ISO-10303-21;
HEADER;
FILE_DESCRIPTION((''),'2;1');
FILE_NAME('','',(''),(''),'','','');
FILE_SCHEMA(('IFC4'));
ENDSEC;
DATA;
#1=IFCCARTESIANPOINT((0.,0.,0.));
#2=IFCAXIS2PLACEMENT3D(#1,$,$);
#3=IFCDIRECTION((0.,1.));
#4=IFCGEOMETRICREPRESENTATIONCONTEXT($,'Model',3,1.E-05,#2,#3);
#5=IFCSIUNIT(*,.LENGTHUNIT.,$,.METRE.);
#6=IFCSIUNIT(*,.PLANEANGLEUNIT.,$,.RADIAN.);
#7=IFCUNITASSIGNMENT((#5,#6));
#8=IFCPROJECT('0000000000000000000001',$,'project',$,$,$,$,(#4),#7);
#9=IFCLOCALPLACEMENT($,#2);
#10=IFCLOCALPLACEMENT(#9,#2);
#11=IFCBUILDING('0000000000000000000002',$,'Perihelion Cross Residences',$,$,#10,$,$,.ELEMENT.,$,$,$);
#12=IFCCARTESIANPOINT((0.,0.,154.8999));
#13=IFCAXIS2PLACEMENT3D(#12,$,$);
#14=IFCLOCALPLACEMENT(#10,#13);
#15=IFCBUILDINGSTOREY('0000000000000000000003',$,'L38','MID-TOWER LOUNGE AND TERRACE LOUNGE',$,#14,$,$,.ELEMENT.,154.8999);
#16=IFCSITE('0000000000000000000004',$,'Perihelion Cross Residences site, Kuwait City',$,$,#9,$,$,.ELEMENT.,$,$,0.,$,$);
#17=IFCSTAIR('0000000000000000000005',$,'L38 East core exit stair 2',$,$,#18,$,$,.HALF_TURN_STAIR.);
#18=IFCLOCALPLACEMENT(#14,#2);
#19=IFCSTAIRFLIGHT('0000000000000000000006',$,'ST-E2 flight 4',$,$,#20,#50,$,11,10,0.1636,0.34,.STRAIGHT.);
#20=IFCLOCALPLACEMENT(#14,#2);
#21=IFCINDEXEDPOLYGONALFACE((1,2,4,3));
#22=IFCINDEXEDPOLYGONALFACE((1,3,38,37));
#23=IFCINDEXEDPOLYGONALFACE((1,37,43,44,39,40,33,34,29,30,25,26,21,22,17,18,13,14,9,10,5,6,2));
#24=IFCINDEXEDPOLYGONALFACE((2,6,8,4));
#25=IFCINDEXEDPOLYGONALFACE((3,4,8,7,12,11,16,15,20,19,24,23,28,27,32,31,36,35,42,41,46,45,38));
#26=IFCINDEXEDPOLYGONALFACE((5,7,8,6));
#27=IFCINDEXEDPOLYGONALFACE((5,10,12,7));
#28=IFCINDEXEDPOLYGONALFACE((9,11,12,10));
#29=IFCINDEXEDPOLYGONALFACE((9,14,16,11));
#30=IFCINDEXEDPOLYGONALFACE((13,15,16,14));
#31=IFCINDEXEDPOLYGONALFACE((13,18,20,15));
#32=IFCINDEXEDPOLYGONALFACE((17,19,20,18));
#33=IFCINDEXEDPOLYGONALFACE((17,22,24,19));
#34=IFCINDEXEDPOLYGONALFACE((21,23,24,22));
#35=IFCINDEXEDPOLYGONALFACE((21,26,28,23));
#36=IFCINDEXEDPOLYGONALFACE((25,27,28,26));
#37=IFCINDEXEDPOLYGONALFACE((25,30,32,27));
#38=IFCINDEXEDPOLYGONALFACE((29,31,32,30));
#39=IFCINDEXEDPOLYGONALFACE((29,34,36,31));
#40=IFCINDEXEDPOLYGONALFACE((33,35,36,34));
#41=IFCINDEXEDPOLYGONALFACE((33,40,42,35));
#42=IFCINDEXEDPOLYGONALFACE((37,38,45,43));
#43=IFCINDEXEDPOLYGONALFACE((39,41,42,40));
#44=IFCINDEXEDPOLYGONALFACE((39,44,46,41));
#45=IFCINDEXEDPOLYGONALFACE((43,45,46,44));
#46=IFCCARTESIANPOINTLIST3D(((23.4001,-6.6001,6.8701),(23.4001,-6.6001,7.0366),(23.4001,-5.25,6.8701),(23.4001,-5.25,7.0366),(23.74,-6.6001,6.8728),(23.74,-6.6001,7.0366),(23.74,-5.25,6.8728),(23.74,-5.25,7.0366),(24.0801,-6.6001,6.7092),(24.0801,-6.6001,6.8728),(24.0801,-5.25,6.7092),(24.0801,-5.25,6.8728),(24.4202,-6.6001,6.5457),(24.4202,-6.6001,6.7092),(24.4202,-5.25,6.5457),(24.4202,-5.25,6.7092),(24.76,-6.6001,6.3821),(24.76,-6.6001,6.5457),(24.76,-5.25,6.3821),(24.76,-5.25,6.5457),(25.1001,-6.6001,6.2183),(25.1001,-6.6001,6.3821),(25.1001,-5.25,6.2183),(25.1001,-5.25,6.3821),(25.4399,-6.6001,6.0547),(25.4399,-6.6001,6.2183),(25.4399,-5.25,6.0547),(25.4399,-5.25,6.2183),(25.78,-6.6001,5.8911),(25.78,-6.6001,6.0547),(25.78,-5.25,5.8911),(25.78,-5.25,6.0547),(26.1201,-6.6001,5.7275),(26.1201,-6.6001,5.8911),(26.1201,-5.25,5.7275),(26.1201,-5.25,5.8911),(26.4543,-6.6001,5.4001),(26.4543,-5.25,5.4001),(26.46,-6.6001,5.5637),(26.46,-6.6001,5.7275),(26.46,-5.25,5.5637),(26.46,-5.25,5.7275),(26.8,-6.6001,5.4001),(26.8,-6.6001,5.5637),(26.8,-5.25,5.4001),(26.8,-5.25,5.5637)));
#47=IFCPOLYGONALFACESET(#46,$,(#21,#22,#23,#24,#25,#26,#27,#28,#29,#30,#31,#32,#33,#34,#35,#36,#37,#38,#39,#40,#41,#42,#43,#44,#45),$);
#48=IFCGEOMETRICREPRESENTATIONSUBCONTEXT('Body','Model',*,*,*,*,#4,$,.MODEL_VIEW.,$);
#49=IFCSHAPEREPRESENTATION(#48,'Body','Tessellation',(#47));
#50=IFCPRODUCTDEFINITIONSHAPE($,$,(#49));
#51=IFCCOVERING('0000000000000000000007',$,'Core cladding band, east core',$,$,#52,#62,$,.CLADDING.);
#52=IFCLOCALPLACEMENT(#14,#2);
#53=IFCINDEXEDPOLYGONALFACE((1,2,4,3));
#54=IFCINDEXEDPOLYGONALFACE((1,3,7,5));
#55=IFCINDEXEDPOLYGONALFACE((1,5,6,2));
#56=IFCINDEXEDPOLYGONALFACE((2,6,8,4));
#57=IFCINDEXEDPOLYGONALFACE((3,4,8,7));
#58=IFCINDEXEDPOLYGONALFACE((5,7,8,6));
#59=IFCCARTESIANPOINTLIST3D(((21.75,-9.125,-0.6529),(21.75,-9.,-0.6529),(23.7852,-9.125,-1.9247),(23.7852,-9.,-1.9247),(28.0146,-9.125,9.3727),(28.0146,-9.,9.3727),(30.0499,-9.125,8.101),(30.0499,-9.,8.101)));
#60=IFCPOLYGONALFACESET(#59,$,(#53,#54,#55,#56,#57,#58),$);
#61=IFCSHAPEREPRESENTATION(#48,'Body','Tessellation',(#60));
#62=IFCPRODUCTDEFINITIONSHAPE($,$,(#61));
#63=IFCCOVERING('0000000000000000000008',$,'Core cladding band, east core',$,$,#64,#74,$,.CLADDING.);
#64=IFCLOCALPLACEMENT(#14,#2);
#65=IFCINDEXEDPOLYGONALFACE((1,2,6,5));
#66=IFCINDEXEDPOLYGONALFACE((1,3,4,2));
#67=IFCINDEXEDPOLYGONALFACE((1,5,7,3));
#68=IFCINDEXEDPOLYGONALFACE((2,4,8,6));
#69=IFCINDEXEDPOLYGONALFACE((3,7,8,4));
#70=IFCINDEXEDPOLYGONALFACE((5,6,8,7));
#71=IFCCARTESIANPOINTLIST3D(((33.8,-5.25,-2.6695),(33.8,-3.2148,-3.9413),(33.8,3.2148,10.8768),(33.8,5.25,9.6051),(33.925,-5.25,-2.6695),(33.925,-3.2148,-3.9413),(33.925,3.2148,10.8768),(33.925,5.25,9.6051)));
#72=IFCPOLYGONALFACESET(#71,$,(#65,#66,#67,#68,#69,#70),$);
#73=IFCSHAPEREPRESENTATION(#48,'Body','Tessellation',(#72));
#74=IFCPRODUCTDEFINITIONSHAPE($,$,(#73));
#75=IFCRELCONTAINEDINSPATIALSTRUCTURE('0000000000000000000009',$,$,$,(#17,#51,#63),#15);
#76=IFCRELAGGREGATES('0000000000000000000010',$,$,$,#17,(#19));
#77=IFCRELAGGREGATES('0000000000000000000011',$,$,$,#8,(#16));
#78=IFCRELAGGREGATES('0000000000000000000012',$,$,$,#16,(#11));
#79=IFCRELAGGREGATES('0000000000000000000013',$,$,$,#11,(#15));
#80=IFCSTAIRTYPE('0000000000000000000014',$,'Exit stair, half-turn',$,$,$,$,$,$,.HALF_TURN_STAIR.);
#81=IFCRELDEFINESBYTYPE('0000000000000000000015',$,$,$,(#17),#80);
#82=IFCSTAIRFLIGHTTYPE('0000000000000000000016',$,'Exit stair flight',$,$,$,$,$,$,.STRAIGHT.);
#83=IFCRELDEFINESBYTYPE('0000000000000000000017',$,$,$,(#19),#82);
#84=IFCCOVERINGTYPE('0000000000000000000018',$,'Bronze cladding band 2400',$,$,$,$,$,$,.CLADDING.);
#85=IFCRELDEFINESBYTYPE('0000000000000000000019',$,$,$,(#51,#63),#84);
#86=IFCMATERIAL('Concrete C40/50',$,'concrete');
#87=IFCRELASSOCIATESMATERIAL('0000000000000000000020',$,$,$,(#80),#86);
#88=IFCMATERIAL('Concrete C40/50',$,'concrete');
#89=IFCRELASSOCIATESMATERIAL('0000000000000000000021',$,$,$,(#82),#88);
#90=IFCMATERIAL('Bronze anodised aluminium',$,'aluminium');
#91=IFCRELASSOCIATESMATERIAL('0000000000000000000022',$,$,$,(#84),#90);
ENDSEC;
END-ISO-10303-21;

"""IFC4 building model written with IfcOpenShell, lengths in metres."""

from ifc_helpers import new_model, si_unit, direction, frame, origin, origin_2d, place, context, subcontext, project, spatial, polyline, rectangle, outline, extrude, material, material_profile, profile_set, type_object, element, aggregate, save


model = new_model("IFC4")

# Units and contexts
model_context = context("Model", 3, precision=1e-05, world=origin(), true_north=direction((0.0, 1.0)))
body_context = subcontext(model_context, "Body", "Model", "MODEL_VIEW")
ifc_project = project(units=[si_unit("LENGTHUNIT", "METRE"), si_unit("PLANEANGLEUNIT", "RADIAN")], contexts=[model_context])

# Site, building, storey
site_placement = place(None, origin())
site = spatial("IfcSite", under=ifc_project, at=site_placement, Name="Perihelion Cross Residences site, Kuwait City", CompositionType="ELEMENT", RefElevation=0.0)
building_placement = place(site_placement, origin())
building = spatial("IfcBuilding", under=site, at=building_placement, Name="Perihelion Cross Residences", CompositionType="ELEMENT")
storey_placement = place(building_placement, frame((0.0, 0.0, 154.8999)))
storey = spatial("IfcBuildingStorey", under=building, at=storey_placement, Name="L38", Description="MID-TOWER LOUNGE AND TERRACE LOUNGE", CompositionType="ELEMENT", Elevation=154.8999)

# Stair, stair flight
ifc_material_1 = material(Name="Concrete C40/50", Category="concrete")
stair_type = type_object("IfcStairType", Name="Exit stair, half-turn", PredefinedType="HALF_TURN_STAIR", material=ifc_material_1)
stair_placement = place(storey_placement, origin())
stair = element("IfcStair", 1, at=stair_placement, inside=storey, type_object=stair_type, Name="L38 East core exit stair 2", PredefinedType="HALF_TURN_STAIR")
ifc_material_2 = material(Name="Concrete C40/50", Category="concrete")
stair_flight_type = type_object("IfcStairFlightType", Name="Exit stair flight", PredefinedType="STRAIGHT", material=ifc_material_2)
stair_flight_1_placement = place(storey_placement, frame((26.8, -5.925, 5.4001), z_axis=(0.0, 0.0, 1.0), x_axis=(-1.0, 0.0, 0.0)))
stair_flight_1 = element("IfcStairFlight", 2, at=stair_flight_1_placement, type_object=stair_flight_type, Name="ST-E2 flight 4", NumberOfRisers=11, NumberOfTreads=10, PredefinedType="STRAIGHT", RiserHeight=0.1636, TreadLength=0.34, context=body_context, shape_type="SweptSolid", body=[
    extrude(outline(polyline([(0.0, 0.0), (0.0, 0.1636), (0.3401, 0.1636), (0.3401, 0.3274), (0.6799, 0.3274), (0.6799, 0.491), (1.02, 0.491), (1.02, 0.6545), (1.3601, 0.6545), (1.3601, 0.8181), (1.7, 0.8181), (1.7, 0.9819), (2.04, 0.9819), (2.04, 1.1455), (2.3799, 1.1455), (2.3799, 1.3091), (2.72, 1.3091), (2.72, 1.4727), (3.0601, 1.4727), (3.0601, 1.6365), (3.3999, 1.6365), (3.3999, 1.8), (3.3999, 1.47), (0.3457, 0.0), (0.0, 0.0)])), frame((0.0, 0.675, 0.0), z_axis=(0.0, -1.0, 0.0), x_axis=(1.0, 0.0, 0.0)), (0.0, 0.0, 1.0), 1.3501),
])
aggregate(stair, [stair_flight_1])

# Coverings
ifc_material_3 = material(Name="Bronze anodised aluminium", Category="aluminium")
ifc_material_profile = material_profile(ifc_material_3, rectangle(XDim=0.125, YDim=2.3999, at=origin_2d()), Name="Bronze cladding band 2400")
ifc_profile_set = profile_set([ifc_material_profile], Name="Bronze anodised aluminium")
covering_type = type_object("IfcCoveringType", Name="Bronze cladding band 2400", PredefinedType="CLADDING", material=ifc_profile_set)
covering_1_placement = place(storey_placement, frame((22.7676, -9.0625, -1.2888), z_axis=(0.529915, 0.0, 0.848051), x_axis=(0.0, 1.0, 0.0)))
element("IfcCovering", 3, at=covering_1_placement, inside=storey, type_object=covering_type, Name="Core cladding band, east core", PredefinedType="CLADDING", context=body_context, shape_type="SweptSolid", body=[
    extrude(rectangle(XDim=0.125, YDim=2.3999, at=origin_2d()), origin(), (0.0, 0.0, 1.0), 11.822),
])
covering_2_placement = place(storey_placement, frame((33.8625, -4.2324, -3.3054), z_axis=(0.0, 0.529925, 0.848045), x_axis=(-1.0, 0.0, 0.0)))
element("IfcCovering", 4, at=covering_2_placement, inside=storey, type_object=covering_type, Name="Core cladding band, east core", PredefinedType="CLADDING", context=body_context, shape_type="SweptSolid", body=[
    extrude(rectangle(XDim=0.125, YDim=2.3999, at=origin_2d()), origin(), (0.0, 0.0, 1.0), 15.9736),
])

save(model, "model.ifc")
